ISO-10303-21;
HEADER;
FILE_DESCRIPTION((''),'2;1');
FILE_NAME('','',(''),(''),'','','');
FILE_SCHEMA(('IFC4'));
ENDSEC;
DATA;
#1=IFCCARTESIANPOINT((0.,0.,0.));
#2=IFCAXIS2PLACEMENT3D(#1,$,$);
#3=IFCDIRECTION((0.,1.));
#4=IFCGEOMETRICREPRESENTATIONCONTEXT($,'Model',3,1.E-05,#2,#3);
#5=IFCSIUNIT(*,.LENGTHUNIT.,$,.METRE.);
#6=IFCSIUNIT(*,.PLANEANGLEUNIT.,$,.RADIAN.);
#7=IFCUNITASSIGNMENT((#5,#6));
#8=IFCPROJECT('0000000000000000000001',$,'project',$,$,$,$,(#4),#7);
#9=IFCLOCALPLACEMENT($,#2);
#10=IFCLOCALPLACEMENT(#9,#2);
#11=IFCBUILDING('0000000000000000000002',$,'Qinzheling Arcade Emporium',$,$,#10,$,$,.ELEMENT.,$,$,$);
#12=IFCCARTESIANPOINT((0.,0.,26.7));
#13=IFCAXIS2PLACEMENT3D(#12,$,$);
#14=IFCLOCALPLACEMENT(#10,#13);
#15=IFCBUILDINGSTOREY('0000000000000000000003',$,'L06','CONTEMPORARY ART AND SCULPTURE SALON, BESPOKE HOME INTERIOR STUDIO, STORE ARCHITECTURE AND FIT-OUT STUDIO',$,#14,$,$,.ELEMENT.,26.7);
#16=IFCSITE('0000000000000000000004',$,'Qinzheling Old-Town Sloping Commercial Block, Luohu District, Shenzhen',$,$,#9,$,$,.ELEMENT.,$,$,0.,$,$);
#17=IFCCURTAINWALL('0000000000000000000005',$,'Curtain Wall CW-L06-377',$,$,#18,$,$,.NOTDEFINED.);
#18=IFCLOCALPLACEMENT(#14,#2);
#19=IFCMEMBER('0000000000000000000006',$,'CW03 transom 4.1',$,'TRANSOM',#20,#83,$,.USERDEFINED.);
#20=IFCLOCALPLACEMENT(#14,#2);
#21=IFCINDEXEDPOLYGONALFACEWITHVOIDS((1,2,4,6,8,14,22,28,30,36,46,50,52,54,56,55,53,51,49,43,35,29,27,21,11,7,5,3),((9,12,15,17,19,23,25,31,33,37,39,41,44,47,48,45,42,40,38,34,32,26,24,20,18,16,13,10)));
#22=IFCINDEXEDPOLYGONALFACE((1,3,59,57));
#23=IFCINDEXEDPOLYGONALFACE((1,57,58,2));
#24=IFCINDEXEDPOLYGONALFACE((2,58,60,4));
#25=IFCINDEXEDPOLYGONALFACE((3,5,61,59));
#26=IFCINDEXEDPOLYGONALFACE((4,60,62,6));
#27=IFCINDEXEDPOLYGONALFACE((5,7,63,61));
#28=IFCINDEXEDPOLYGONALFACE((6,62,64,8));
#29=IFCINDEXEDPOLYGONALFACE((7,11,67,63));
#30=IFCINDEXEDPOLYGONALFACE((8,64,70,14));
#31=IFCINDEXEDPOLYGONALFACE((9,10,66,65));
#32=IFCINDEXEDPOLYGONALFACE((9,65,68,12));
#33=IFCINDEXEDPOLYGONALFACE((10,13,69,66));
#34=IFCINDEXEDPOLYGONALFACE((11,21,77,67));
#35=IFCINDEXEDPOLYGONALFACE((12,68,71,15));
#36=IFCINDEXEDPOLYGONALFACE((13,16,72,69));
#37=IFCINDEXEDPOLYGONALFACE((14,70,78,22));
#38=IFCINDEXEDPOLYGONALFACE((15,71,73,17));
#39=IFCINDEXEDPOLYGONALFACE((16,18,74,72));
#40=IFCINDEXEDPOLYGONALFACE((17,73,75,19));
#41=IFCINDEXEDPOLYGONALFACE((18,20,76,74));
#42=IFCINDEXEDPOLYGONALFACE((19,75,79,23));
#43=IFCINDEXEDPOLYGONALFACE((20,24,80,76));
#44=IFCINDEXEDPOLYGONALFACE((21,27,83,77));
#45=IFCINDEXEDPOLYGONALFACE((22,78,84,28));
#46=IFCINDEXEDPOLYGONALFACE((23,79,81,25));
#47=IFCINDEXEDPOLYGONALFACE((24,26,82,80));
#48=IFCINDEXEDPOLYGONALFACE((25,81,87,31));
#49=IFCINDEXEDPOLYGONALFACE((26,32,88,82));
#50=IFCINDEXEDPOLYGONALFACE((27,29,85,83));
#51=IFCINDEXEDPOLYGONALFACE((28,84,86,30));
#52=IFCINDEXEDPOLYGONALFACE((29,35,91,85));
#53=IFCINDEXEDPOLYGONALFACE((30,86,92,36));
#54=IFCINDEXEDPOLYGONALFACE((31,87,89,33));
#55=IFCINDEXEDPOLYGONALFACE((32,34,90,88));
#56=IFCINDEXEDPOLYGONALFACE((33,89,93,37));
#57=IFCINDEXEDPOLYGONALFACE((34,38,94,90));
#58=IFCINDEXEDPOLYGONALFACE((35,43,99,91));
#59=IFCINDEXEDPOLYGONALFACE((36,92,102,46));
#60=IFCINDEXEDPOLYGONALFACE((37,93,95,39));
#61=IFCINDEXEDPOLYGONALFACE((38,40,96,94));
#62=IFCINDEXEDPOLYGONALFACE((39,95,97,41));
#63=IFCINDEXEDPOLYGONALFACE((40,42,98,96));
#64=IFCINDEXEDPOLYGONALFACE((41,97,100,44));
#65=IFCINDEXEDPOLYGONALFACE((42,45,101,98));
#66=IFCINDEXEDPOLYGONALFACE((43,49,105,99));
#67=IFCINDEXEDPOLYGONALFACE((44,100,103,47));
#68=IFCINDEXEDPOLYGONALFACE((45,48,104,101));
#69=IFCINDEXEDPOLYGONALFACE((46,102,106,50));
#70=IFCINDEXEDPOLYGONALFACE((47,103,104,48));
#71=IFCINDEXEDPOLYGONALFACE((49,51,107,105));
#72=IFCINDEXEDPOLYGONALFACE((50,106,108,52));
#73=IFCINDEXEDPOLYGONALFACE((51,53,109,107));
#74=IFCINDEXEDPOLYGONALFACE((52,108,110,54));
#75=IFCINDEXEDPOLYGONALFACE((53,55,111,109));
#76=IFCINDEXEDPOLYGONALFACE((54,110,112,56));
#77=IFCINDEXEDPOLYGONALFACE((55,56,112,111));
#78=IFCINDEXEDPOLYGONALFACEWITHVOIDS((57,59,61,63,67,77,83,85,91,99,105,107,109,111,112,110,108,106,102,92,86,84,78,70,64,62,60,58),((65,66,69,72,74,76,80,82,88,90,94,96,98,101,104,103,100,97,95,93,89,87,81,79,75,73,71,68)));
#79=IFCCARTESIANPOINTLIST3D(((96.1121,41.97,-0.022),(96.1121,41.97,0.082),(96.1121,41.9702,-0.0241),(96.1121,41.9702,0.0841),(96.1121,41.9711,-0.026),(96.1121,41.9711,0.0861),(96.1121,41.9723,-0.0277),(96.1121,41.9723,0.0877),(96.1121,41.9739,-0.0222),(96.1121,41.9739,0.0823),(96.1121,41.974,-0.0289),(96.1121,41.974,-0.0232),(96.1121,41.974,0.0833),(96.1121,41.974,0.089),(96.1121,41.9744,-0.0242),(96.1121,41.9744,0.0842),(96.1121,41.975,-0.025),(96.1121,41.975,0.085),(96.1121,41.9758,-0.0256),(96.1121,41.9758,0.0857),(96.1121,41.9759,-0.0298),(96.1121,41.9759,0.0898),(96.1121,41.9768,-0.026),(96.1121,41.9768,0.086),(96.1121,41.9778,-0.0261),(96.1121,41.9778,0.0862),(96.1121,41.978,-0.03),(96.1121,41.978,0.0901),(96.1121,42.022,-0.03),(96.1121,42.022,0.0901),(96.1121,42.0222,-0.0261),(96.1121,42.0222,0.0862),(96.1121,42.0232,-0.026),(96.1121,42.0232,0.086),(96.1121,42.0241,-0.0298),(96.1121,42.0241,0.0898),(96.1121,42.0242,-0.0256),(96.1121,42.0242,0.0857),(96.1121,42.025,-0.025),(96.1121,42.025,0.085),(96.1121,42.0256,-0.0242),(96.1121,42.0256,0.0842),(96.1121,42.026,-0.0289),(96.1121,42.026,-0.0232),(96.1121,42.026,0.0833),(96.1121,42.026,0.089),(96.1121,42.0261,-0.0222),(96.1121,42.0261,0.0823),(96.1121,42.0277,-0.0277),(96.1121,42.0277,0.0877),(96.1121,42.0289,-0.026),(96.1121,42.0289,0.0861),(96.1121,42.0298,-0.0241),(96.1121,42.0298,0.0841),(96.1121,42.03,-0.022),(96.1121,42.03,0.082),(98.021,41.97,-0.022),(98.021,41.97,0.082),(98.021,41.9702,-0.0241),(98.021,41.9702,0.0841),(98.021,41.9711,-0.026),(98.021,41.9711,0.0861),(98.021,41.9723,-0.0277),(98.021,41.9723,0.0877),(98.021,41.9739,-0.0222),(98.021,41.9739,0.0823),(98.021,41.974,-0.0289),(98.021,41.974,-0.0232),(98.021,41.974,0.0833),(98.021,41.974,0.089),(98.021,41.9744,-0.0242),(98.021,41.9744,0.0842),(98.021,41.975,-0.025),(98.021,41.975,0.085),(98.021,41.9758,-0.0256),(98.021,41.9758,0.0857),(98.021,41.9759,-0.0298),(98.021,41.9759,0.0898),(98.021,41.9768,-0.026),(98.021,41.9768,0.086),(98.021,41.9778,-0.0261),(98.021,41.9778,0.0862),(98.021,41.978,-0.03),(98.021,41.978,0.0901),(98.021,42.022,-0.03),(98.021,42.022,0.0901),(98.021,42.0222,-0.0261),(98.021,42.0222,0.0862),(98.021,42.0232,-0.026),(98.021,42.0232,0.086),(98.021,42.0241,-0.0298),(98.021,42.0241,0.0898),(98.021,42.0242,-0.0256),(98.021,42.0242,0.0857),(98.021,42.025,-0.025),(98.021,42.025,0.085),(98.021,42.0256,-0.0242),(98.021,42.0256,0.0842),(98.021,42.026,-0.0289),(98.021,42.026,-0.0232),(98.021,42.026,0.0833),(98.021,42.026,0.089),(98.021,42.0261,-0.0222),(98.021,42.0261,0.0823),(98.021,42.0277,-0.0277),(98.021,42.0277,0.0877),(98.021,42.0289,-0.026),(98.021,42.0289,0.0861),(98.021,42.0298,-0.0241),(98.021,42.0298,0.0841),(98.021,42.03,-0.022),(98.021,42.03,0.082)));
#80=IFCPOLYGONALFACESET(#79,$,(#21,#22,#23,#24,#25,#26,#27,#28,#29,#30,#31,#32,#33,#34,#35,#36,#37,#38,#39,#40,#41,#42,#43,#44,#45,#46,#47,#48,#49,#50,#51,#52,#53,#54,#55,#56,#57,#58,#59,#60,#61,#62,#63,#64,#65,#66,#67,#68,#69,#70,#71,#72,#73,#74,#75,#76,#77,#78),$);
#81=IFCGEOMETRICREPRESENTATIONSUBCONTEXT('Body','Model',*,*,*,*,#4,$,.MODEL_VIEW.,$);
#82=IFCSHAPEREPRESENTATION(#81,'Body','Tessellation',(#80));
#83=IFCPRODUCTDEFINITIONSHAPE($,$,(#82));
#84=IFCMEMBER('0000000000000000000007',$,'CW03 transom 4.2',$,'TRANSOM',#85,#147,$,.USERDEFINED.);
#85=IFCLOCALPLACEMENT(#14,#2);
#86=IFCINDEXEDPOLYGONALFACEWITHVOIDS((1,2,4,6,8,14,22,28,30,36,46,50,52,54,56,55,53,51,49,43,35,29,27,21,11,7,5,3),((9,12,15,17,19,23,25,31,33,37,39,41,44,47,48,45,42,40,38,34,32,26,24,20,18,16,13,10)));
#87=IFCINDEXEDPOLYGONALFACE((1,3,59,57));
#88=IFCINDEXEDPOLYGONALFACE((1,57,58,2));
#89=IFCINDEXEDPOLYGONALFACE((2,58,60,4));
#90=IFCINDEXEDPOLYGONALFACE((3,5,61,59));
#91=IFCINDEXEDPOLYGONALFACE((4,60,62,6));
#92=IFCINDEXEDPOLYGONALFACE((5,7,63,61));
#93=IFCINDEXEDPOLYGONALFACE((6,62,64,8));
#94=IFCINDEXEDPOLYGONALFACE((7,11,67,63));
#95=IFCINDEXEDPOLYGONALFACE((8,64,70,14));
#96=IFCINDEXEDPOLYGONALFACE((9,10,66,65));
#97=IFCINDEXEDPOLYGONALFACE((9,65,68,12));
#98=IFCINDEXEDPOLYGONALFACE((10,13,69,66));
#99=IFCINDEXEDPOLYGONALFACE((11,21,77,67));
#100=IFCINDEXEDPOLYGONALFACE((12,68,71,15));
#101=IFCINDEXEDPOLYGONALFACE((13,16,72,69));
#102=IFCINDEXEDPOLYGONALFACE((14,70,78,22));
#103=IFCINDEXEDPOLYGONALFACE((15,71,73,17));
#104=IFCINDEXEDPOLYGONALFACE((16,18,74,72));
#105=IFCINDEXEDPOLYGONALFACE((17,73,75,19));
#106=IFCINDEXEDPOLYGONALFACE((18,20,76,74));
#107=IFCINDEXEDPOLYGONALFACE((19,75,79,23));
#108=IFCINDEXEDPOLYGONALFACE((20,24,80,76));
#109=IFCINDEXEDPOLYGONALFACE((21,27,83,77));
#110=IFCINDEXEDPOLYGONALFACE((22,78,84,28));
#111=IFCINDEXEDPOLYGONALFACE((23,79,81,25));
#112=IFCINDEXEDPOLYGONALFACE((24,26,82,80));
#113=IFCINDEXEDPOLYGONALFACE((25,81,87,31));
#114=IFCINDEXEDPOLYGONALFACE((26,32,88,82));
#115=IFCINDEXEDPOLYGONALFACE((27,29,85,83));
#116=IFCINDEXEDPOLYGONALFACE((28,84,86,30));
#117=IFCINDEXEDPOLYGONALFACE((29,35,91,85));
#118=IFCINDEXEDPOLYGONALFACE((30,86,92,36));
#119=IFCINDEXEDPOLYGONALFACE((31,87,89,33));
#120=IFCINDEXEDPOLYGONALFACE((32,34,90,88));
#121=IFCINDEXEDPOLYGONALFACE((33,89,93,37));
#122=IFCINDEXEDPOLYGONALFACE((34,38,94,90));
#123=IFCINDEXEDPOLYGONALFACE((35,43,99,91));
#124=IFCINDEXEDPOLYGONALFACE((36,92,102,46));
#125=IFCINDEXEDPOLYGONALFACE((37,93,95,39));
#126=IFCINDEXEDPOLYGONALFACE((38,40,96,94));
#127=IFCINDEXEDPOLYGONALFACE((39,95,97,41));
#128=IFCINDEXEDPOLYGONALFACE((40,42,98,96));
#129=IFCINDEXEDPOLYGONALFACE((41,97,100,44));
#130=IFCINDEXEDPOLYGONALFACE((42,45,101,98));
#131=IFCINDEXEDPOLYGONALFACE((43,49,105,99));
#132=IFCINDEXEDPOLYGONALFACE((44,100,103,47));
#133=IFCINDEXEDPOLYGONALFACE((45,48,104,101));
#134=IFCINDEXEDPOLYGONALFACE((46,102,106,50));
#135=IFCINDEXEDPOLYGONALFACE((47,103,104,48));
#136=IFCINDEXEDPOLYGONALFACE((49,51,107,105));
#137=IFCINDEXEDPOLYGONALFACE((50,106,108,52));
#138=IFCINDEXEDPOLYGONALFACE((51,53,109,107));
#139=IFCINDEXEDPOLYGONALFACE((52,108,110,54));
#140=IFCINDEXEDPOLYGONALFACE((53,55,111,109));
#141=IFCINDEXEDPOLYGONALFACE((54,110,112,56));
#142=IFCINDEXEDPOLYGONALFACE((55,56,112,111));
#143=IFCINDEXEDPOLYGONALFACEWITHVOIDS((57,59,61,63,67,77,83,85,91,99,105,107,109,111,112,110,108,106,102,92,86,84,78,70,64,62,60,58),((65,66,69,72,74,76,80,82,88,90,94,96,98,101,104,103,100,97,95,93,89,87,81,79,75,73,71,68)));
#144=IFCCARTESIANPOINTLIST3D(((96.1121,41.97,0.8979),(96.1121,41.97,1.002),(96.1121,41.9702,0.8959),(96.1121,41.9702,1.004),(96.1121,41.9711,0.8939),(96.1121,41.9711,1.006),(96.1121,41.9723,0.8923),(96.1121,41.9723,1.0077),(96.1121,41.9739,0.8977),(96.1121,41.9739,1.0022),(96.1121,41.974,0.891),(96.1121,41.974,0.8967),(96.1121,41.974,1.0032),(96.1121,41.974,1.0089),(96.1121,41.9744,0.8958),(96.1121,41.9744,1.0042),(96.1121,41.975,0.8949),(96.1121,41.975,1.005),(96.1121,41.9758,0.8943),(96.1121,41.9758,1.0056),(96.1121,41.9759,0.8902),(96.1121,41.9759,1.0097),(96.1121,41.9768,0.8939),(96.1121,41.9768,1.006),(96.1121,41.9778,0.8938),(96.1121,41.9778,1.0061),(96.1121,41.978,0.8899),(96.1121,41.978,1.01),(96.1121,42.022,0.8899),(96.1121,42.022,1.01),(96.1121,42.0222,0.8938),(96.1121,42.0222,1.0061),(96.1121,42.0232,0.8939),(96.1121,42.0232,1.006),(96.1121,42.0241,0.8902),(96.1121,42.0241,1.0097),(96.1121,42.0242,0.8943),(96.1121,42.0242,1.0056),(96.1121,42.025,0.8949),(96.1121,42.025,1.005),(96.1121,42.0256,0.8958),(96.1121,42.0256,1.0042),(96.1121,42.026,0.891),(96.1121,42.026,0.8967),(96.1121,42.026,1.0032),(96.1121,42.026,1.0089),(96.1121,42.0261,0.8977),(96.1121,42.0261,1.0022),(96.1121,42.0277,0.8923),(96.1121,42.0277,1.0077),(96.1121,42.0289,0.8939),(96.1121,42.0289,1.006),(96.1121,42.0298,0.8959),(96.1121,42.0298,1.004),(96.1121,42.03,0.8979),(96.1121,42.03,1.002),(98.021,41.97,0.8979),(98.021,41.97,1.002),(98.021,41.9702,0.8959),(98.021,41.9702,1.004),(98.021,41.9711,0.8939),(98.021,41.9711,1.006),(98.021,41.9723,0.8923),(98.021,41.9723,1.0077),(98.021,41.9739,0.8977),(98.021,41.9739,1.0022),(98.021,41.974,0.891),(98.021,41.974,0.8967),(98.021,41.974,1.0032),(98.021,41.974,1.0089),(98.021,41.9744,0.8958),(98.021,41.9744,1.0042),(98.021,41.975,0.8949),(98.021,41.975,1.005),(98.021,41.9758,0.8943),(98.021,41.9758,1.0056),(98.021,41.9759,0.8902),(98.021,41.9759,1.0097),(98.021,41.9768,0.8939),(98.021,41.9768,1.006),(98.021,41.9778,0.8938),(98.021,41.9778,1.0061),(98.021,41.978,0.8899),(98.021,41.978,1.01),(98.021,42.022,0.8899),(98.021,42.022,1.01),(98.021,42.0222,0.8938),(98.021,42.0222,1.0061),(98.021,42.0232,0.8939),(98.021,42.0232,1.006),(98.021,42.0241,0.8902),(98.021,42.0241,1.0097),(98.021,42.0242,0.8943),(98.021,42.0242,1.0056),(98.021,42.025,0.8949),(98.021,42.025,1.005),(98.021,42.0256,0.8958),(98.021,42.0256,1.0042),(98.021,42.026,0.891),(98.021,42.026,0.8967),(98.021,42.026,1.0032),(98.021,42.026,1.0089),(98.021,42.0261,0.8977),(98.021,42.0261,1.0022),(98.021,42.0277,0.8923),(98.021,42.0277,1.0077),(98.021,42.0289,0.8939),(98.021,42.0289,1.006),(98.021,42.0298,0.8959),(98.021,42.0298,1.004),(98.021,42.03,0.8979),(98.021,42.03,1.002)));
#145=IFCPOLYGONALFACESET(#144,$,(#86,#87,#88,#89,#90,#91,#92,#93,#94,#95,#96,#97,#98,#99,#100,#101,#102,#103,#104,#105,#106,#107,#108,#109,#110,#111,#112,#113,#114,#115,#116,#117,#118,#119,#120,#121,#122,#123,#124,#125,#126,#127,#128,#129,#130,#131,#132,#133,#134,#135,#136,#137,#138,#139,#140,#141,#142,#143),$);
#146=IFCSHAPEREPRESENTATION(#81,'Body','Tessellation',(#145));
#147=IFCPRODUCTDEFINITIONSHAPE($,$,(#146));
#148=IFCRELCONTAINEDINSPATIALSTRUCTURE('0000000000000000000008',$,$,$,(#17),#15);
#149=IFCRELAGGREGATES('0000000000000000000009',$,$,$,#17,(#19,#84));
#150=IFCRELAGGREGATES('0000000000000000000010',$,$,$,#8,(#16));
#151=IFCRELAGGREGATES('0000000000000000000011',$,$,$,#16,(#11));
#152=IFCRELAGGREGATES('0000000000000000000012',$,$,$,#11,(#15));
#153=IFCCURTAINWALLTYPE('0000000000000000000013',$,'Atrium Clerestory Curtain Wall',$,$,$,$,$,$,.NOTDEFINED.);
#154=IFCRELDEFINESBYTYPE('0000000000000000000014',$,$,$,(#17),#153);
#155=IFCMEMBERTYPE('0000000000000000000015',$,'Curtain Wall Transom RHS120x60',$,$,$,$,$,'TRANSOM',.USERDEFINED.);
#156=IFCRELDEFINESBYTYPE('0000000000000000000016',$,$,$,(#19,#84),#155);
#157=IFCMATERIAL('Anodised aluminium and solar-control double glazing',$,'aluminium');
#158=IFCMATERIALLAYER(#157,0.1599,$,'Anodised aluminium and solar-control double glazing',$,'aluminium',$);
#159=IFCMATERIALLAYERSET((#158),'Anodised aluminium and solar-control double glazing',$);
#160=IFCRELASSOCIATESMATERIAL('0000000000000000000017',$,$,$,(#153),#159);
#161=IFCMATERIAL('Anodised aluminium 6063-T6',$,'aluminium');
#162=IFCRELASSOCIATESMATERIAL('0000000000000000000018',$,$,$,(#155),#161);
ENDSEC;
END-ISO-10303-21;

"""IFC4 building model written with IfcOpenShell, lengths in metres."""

from ifc_helpers import new_model, si_unit, direction, frame, origin, origin_2d, place, context, subcontext, project, spatial, hollow_rectangle, extrude, material, layer, layer_set, material_profile, profile_set, type_object, element, aggregate, save


model = new_model("IFC4")

# Units and contexts
model_context = context("Model", 3, precision=1e-05, world=origin(), true_north=direction((0.0, 1.0)))
body_context = subcontext(model_context, "Body", "Model", "MODEL_VIEW")
ifc_project = project(units=[si_unit("LENGTHUNIT", "METRE"), si_unit("PLANEANGLEUNIT", "RADIAN")], contexts=[model_context])

# Site, building, storey
site_placement = place(None, origin())
site = spatial("IfcSite", under=ifc_project, at=site_placement, Name="Qinzheling Old-Town Sloping Commercial Block, Luohu District, Shenzhen", CompositionType="ELEMENT", RefElevation=0.0)
building_placement = place(site_placement, origin())
building = spatial("IfcBuilding", under=site, at=building_placement, Name="Qinzheling Arcade Emporium", CompositionType="ELEMENT")
storey_placement = place(building_placement, frame((0.0, 0.0, 26.7)))
storey = spatial("IfcBuildingStorey", under=building, at=storey_placement, Name="L06", Description="CONTEMPORARY ART AND SCULPTURE SALON, BESPOKE HOME INTERIOR STUDIO, STORE ARCHITECTURE AND FIT-OUT STUDIO", CompositionType="ELEMENT", Elevation=26.7)

# Curtain wall, members
ifc_material_1 = material(Name="Anodised aluminium and solar-control double glazing", Category="aluminium")
ifc_layer_1 = layer(ifc_material_1, 0.1599, Name="Anodised aluminium and solar-control double glazing", Category="aluminium")
ifc_layer_set_1 = layer_set([ifc_layer_1], Name="Anodised aluminium and solar-control double glazing")
curtain_wall_type = type_object("IfcCurtainWallType", Name="Atrium Clerestory Curtain Wall", PredefinedType="NOTDEFINED", material=ifc_layer_set_1)
curtain_wall_placement = place(storey_placement, origin())
curtain_wall = element("IfcCurtainWall", 1, at=curtain_wall_placement, inside=storey, type_object=curtain_wall_type, Name="Curtain Wall CW-L06-377", PredefinedType="NOTDEFINED")
ifc_material_2 = material(Name="Anodised aluminium 6063-T6", Category="aluminium")
ifc_material_profile_1 = material_profile(ifc_material_2, hollow_rectangle(XDim=0.0601, YDim=0.1201, WallThickness=0.0039, InnerFilletRadius=0.0039, OuterFilletRadius=0.0081, at=origin_2d()), Name="RHS 120x60x4", Category="aluminium")
ifc_profile_set_1 = profile_set([ifc_material_profile_1], Name="Anodised aluminium 6063-T6")
member_type_1 = type_object("IfcMemberType", Name="Curtain Wall Transom RHS120x60", ElementType="TRANSOM", PredefinedType="USERDEFINED", material=ifc_profile_set_1)
member_1_placement = place(storey_placement, frame((98.021, 42.0, 0.03), z_axis=(-1.0, 0.0, 0.0), x_axis=(0.0, -1.0, 0.0)))
member_1 = element("IfcMember", 2, at=member_1_placement, type_object=member_type_1, Name="CW03 transom 4.1", ObjectType="TRANSOM", PredefinedType="USERDEFINED", context=body_context, shape_type="SweptSolid", body=[
    extrude(hollow_rectangle(XDim=0.0601, YDim=0.1201, WallThickness=0.0039, InnerFilletRadius=0.0039, OuterFilletRadius=0.0081, at=origin_2d()), origin(), (0.0, 0.0, 1.0), 1.9089),
])
member_2_placement = place(storey_placement, frame((98.021, 42.0, 0.95), z_axis=(-1.0, 0.0, 0.0), x_axis=(0.0, -1.0, 0.0)))
member_2 = element("IfcMember", 3, at=member_2_placement, type_object=member_type_1, Name="CW03 transom 4.2", ObjectType="TRANSOM", PredefinedType="USERDEFINED", context=body_context, shape_type="SweptSolid", body=[
    extrude(hollow_rectangle(XDim=0.0601, YDim=0.1201, WallThickness=0.0039, InnerFilletRadius=0.0039, OuterFilletRadius=0.0081, at=origin_2d()), origin(), (0.0, 0.0, 1.0), 1.9089),
])
aggregate(curtain_wall, [member_1, member_2])

save(model, "model.ifc")
